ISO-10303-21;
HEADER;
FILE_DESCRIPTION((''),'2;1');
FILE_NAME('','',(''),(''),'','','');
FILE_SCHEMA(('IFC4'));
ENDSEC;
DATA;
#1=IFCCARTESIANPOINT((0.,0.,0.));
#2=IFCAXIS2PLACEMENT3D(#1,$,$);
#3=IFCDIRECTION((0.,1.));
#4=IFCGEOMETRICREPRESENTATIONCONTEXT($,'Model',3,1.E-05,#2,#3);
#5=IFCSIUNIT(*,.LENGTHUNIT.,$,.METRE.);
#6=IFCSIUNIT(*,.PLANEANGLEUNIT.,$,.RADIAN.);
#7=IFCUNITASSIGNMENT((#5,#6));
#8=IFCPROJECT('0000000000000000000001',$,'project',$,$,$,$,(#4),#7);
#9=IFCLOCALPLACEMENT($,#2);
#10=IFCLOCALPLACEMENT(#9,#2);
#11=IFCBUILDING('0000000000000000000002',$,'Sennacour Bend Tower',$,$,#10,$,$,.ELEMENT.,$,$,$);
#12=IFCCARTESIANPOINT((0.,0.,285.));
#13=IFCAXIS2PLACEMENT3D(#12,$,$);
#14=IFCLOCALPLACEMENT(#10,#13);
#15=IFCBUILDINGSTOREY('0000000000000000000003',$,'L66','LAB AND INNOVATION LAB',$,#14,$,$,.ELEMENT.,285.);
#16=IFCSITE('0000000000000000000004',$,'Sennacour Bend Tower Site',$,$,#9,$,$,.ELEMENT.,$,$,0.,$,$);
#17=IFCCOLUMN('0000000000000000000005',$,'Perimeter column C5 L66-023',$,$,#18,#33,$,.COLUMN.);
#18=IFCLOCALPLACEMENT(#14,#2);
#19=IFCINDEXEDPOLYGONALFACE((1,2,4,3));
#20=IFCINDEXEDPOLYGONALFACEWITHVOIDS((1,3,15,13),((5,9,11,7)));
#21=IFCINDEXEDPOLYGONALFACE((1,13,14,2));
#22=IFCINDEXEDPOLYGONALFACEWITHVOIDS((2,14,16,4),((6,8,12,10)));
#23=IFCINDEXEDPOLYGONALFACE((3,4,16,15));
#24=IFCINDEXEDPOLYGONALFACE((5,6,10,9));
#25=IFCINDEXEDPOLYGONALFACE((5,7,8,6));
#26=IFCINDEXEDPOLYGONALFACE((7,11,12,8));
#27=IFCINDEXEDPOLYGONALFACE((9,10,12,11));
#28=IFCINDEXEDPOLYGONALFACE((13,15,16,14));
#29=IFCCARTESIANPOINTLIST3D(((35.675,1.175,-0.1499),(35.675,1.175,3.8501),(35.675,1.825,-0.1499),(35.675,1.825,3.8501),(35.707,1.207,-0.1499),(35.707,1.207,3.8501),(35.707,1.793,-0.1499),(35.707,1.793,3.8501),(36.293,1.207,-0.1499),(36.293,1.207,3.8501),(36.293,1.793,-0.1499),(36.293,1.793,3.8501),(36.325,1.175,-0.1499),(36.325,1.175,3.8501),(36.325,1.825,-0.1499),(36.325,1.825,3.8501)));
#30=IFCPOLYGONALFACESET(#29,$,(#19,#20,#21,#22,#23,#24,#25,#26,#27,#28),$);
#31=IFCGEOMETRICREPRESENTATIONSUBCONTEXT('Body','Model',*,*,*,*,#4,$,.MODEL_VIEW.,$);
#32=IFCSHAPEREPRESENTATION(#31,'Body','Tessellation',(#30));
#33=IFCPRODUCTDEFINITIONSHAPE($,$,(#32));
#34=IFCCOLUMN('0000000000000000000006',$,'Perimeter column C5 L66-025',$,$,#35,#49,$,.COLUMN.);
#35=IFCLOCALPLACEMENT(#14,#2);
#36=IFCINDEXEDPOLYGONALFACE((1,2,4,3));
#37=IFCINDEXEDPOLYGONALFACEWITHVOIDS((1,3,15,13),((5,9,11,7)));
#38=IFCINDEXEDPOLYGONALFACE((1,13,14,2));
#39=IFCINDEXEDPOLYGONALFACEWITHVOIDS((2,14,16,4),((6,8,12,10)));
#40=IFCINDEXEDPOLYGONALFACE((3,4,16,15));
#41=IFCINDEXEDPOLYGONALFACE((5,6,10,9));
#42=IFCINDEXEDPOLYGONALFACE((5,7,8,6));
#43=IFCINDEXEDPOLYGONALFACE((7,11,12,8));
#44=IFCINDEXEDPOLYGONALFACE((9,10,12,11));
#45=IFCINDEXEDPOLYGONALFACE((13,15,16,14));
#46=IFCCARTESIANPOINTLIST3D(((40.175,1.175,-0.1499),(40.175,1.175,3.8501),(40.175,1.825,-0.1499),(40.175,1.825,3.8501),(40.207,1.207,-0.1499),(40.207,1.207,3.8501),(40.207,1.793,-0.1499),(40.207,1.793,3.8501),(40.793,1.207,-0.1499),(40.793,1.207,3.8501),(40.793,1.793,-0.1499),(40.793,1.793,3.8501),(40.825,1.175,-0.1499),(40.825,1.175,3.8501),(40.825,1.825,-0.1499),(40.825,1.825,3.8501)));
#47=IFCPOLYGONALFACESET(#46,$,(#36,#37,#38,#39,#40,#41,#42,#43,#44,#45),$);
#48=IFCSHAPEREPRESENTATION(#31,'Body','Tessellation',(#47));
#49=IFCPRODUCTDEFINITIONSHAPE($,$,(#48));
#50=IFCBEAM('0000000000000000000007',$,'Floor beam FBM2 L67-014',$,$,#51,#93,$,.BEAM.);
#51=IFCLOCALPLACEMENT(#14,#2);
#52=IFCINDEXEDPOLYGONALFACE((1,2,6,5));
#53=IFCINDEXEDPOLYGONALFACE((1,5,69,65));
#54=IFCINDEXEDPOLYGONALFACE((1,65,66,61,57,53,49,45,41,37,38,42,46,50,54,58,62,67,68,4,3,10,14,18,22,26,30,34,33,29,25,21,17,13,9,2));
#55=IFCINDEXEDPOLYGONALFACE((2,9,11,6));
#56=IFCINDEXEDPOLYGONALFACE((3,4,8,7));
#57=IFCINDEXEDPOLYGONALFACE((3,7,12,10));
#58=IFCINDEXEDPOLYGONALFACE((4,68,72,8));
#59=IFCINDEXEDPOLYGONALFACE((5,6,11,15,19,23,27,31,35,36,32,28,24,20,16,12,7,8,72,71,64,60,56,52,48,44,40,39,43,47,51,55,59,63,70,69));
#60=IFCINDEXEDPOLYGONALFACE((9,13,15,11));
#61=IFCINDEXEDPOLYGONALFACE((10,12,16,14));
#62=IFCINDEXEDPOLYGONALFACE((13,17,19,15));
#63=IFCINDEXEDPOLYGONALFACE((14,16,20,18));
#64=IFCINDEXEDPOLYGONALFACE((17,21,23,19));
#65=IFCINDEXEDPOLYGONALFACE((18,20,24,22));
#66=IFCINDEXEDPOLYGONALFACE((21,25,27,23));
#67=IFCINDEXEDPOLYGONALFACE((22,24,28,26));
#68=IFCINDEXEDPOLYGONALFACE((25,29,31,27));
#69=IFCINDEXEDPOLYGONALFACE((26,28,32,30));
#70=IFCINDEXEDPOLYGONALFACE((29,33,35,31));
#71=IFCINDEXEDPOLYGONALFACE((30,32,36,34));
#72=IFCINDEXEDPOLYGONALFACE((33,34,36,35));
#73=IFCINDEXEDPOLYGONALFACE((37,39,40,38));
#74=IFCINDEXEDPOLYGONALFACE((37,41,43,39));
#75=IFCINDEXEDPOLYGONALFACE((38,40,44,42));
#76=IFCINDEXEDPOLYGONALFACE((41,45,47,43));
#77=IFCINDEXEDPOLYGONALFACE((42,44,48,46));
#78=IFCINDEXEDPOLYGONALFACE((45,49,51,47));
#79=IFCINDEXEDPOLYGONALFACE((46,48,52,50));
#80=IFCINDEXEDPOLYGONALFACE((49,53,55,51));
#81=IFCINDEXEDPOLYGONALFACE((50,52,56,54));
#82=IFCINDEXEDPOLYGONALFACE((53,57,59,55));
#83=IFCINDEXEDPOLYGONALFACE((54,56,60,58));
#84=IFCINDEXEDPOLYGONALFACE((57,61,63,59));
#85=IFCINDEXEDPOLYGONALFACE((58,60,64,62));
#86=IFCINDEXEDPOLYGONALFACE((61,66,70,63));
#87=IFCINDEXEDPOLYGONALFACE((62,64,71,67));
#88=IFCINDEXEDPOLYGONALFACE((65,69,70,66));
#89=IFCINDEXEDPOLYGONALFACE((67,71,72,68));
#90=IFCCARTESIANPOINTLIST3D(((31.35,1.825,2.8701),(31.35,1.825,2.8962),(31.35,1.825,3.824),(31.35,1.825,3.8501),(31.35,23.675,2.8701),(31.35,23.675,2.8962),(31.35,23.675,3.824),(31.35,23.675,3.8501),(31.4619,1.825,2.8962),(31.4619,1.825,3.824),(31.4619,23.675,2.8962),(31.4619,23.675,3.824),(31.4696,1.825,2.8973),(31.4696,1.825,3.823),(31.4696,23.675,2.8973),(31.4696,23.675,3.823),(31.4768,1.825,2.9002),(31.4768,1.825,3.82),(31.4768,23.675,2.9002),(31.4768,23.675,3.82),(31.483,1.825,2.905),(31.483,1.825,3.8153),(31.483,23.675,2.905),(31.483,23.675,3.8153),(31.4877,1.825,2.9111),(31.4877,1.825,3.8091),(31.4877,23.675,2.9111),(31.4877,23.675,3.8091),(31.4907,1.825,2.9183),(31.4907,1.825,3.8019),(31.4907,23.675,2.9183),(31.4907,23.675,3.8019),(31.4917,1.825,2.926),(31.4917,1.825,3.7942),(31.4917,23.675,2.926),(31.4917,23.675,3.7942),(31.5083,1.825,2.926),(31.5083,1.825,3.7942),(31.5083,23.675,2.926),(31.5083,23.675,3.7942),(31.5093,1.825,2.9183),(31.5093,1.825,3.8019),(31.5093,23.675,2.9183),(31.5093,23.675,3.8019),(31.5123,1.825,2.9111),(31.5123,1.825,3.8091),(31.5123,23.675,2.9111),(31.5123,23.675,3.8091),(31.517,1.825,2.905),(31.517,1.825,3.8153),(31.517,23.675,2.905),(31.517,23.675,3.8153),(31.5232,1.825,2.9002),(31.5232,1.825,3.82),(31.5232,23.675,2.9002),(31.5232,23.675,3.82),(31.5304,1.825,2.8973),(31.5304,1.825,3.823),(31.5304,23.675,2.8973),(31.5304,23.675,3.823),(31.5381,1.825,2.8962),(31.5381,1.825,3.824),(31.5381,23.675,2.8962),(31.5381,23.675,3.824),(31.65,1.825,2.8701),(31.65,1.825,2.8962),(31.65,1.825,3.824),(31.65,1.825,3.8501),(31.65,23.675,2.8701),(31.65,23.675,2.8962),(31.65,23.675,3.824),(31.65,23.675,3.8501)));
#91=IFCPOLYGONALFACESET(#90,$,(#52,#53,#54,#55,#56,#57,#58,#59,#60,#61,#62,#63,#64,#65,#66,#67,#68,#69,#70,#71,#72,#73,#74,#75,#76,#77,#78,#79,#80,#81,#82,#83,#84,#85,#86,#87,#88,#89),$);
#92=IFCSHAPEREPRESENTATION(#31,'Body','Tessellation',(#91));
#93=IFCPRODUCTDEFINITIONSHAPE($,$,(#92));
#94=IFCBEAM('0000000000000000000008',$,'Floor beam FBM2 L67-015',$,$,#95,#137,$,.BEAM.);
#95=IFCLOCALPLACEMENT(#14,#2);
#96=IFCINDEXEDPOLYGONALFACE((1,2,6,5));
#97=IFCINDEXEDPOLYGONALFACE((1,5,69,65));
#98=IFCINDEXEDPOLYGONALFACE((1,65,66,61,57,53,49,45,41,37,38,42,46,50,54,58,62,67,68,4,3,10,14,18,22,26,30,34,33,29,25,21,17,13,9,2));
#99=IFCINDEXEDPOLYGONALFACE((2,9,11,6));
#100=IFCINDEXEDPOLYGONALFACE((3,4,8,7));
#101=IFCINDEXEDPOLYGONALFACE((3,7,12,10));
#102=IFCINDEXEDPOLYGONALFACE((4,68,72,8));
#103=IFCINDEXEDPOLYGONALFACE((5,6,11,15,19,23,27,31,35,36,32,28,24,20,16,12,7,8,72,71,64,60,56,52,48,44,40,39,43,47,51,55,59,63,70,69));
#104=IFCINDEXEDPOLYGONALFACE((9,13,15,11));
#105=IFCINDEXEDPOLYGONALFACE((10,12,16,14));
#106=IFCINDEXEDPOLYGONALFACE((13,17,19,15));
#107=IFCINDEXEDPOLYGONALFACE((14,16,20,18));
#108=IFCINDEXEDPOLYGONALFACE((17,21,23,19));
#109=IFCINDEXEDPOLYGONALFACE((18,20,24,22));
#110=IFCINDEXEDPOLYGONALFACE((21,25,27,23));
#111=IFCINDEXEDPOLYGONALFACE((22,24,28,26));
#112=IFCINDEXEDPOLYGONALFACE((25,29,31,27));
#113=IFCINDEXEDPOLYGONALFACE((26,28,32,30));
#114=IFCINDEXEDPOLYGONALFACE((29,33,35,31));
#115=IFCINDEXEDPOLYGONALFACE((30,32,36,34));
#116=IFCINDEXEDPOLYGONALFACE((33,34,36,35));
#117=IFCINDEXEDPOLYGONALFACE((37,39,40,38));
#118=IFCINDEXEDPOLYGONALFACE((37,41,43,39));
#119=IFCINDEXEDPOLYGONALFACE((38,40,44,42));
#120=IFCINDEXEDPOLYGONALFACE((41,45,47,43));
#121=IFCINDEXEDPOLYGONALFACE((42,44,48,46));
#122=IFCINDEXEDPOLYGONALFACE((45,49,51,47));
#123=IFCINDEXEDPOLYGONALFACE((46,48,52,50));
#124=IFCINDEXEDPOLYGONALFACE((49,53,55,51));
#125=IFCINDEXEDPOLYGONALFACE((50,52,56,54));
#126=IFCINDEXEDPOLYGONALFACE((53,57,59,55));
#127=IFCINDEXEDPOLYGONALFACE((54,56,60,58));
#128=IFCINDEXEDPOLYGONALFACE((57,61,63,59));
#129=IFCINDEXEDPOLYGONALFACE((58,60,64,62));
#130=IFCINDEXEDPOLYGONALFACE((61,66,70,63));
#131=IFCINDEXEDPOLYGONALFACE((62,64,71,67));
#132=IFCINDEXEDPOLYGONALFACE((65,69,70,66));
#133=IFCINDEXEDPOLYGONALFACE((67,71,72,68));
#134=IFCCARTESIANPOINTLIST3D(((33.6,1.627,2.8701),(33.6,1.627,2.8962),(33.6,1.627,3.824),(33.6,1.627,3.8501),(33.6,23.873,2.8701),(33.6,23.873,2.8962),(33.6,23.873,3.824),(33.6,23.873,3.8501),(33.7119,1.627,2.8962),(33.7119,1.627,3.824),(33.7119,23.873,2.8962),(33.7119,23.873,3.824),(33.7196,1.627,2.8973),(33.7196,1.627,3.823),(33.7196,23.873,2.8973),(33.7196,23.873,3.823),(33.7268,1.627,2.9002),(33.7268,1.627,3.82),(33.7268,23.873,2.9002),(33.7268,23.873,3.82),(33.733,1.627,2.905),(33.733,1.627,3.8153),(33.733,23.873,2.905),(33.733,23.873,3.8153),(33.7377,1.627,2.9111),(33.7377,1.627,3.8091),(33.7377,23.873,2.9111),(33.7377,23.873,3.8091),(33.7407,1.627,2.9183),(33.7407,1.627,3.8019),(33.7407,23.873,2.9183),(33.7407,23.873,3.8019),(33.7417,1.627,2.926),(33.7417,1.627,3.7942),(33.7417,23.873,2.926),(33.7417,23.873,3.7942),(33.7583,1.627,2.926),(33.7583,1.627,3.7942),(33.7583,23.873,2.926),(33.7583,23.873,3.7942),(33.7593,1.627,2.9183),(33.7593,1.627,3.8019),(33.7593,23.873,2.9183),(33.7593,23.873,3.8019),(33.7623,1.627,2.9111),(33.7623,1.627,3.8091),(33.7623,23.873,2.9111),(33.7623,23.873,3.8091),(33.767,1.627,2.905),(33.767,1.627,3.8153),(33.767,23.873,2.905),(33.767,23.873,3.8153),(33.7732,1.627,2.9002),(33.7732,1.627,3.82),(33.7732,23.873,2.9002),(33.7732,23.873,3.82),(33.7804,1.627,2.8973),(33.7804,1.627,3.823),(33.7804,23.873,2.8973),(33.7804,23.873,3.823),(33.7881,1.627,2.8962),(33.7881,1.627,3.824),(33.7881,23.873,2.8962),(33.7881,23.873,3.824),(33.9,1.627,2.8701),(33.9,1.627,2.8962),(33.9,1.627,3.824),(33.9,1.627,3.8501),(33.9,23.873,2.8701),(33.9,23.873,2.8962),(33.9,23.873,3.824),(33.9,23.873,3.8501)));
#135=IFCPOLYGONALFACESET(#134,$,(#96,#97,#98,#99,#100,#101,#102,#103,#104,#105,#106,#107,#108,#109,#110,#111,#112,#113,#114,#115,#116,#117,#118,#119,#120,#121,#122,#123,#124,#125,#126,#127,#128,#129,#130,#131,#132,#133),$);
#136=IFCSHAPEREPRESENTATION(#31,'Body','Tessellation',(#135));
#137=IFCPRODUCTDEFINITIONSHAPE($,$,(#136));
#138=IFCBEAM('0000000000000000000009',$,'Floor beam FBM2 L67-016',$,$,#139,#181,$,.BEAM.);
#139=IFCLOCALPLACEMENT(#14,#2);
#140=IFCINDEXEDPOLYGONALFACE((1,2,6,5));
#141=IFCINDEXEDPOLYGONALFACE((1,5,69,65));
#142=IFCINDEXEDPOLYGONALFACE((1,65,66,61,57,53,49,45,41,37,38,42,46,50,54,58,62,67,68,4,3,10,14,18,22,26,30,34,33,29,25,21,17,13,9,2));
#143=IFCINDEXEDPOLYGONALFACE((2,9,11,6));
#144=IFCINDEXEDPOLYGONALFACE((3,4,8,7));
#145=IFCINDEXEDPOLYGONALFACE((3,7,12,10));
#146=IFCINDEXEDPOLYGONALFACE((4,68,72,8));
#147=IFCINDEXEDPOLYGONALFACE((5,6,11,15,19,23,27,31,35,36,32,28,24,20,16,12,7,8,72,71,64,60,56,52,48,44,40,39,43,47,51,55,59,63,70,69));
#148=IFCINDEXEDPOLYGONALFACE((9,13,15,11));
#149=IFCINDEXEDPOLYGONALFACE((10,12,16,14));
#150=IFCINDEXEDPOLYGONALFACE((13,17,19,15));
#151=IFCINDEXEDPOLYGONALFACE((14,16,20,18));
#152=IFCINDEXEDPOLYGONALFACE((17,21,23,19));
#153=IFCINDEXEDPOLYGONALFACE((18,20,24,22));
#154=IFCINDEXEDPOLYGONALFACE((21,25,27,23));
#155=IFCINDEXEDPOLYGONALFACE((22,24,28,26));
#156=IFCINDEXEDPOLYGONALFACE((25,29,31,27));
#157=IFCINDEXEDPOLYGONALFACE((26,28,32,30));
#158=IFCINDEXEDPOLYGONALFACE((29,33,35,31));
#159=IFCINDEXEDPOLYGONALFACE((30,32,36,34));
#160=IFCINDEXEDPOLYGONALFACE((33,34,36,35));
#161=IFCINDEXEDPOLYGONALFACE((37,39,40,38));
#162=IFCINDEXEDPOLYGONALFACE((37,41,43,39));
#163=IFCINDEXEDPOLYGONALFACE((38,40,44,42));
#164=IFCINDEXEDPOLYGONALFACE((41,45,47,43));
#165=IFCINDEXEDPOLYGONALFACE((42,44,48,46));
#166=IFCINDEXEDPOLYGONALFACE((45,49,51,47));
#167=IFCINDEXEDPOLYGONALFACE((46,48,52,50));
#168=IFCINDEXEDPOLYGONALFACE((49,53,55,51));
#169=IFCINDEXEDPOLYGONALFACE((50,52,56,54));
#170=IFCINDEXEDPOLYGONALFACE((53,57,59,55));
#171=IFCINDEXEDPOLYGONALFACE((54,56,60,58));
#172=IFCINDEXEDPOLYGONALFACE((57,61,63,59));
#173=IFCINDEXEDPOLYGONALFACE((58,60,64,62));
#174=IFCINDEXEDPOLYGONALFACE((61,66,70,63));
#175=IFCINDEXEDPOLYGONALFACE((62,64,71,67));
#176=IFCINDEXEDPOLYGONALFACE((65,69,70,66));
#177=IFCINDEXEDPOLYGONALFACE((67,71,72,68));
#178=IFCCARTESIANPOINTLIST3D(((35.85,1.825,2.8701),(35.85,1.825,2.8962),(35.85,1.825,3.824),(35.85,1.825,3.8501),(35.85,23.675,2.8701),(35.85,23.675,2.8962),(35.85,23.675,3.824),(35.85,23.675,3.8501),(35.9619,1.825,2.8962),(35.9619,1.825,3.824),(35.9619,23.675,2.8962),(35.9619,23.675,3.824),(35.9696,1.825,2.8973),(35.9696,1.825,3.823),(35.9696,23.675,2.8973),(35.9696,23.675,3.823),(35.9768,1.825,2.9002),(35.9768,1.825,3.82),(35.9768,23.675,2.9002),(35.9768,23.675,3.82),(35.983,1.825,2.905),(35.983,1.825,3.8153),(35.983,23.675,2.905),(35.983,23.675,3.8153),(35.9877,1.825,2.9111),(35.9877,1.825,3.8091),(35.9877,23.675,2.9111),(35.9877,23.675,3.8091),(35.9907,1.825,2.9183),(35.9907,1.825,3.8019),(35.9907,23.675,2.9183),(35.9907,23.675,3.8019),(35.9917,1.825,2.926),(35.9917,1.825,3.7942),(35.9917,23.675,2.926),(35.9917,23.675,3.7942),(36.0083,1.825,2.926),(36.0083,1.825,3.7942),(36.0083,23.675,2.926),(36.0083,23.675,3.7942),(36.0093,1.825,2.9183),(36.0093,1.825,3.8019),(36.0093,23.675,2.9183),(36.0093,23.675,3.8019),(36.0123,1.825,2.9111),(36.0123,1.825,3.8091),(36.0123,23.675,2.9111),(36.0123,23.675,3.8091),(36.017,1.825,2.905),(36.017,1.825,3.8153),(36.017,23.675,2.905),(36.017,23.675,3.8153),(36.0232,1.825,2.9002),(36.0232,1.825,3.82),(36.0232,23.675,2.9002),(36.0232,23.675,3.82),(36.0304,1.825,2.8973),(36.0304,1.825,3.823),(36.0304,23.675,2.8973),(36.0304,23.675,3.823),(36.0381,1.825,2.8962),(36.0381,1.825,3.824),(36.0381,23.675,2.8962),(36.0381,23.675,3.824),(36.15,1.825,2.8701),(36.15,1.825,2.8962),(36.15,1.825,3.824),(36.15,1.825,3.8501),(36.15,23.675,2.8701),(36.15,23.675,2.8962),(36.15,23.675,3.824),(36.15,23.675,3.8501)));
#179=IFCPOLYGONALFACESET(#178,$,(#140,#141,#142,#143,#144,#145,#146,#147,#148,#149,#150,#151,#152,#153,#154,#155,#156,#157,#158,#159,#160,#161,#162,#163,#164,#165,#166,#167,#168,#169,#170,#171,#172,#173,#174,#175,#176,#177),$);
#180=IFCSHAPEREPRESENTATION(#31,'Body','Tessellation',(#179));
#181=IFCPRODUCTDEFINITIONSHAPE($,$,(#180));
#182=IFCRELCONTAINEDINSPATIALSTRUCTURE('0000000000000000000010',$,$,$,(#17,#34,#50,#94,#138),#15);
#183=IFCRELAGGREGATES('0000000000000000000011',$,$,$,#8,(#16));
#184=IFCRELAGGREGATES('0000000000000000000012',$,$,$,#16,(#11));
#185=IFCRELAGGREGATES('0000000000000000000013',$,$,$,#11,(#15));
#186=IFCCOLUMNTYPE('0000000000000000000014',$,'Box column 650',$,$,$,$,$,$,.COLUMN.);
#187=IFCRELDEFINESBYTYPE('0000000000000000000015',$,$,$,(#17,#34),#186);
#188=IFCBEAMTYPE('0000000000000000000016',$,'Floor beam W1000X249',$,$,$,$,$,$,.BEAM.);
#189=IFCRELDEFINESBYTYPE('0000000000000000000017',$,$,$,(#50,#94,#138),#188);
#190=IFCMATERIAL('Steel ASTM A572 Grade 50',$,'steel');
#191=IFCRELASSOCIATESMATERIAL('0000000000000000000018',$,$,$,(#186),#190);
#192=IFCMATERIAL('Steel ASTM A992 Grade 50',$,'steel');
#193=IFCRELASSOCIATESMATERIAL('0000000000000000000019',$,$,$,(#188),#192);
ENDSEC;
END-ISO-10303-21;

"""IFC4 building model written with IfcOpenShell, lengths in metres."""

from ifc_helpers import new_model, si_unit, direction, frame, origin, origin_2d, place, context, subcontext, project, spatial, hollow_rectangle, i_section, extrude, material, material_profile, profile_set, type_object, element, save


model = new_model("IFC4")

# Units and contexts
model_context = context("Model", 3, precision=1e-05, world=origin(), true_north=direction((0.0, 1.0)))
body_context = subcontext(model_context, "Body", "Model", "MODEL_VIEW")
ifc_project = project(units=[si_unit("LENGTHUNIT", "METRE"), si_unit("PLANEANGLEUNIT", "RADIAN")], contexts=[model_context])

# Site, building, storey
site_placement = place(None, origin())
site = spatial("IfcSite", under=ifc_project, at=site_placement, Name="Sennacour Bend Tower Site", CompositionType="ELEMENT", RefElevation=0.0)
building_placement = place(site_placement, origin())
building = spatial("IfcBuilding", under=site, at=building_placement, Name="Sennacour Bend Tower", CompositionType="ELEMENT")
storey_placement = place(building_placement, frame((0.0, 0.0, 285.0)))
storey = spatial("IfcBuildingStorey", under=building, at=storey_placement, Name="L66", Description="LAB AND INNOVATION LAB", CompositionType="ELEMENT", Elevation=285.0)

# Columns
ifc_material_1 = material(Name="Steel ASTM A572 Grade 50", Category="steel")
ifc_material_profile_1 = material_profile(ifc_material_1, hollow_rectangle(XDim=0.6499, YDim=0.6499, WallThickness=0.032, at=origin_2d()), Name="Steel ASTM A572 Grade 50", Category="steel")
ifc_profile_set_1 = profile_set([ifc_material_profile_1], Name="Steel ASTM A572 Grade 50")
column_type = type_object("IfcColumnType", Name="Box column 650", PredefinedType="COLUMN", material=ifc_profile_set_1)
for number, where, z_axis, x_axis, name in (
    (1, (36.0, 1.5, -0.1499), (0.0, 0.0, 1.0), (1.0, 0.0, 0.0), "Perimeter column C5 L66-023"),
    (2, (40.5, 1.5, -0.1499), (0.0, 0.0, 1.0), (1.0, 0.0, 0.0), "Perimeter column C5 L66-025"),
):
    element("IfcColumn", number, at=place(storey_placement, frame(where, z_axis=z_axis, x_axis=x_axis)), inside=storey, type_object=column_type, Name=name, PredefinedType="COLUMN", context=body_context, shape_type="SweptSolid", body=[
        extrude(hollow_rectangle(XDim=0.6499, YDim=0.6499, WallThickness=0.032, at=origin_2d()), origin(), (0.0, 0.0, 1.0), 4.0),
    ])

# Beams
ifc_material_2 = material(Name="Steel ASTM A992 Grade 50", Category="steel")
ifc_material_profile_2 = material_profile(ifc_material_2, i_section(OverallWidth=0.3, OverallDepth=0.98, WebThickness=0.0166, FlangeThickness=0.0261, FilletRadius=0.0298, at=origin_2d()), Name="Steel ASTM A992 Grade 50", Category="steel")
ifc_profile_set_2 = profile_set([ifc_material_profile_2], Name="Steel ASTM A992 Grade 50")
beam_type_1 = type_object("IfcBeamType", Name="Floor beam W1000X249", PredefinedType="BEAM", material=ifc_profile_set_2)
beam_1_placement = place(storey_placement, frame((31.5, 1.825, 3.3601), z_axis=(0.0, 1.0, 0.0), x_axis=(-1.0, 0.0, 0.0)))
element("IfcBeam", 3, at=beam_1_placement, inside=storey, type_object=beam_type_1, Name="Floor beam FBM2 L67-014", PredefinedType="BEAM", context=body_context, shape_type="SweptSolid", body=[
    extrude(i_section(OverallWidth=0.3, OverallDepth=0.98, WebThickness=0.0166, FlangeThickness=0.0261, FilletRadius=0.0298, at=origin_2d()), origin(), (0.0, 0.0, 1.0), 21.8501),
])
beam_2_placement = place(storey_placement, frame((33.75, 1.627, 3.3601), z_axis=(0.0, 1.0, 0.0), x_axis=(-1.0, 0.0, 0.0)))
element("IfcBeam", 4, at=beam_2_placement, inside=storey, type_object=beam_type_1, Name="Floor beam FBM2 L67-015", PredefinedType="BEAM", context=body_context, shape_type="SweptSolid", body=[
    extrude(i_section(OverallWidth=0.3, OverallDepth=0.98, WebThickness=0.0166, FlangeThickness=0.0261, FilletRadius=0.0298, at=origin_2d()), origin(), (0.0, 0.0, 1.0), 22.2461),
])
beam_3_placement = place(storey_placement, frame((36.0, 1.825, 3.3601), z_axis=(0.0, 1.0, 0.0), x_axis=(-1.0, 0.0, 0.0)))
element("IfcBeam", 5, at=beam_3_placement, inside=storey, type_object=beam_type_1, Name="Floor beam FBM2 L67-016", PredefinedType="BEAM", context=body_context, shape_type="SweptSolid", body=[
    extrude(i_section(OverallWidth=0.3, OverallDepth=0.98, WebThickness=0.0166, FlangeThickness=0.0261, FilletRadius=0.0298, at=origin_2d()), origin(), (0.0, 0.0, 1.0), 21.8501),
])

save(model, "model.ifc")
